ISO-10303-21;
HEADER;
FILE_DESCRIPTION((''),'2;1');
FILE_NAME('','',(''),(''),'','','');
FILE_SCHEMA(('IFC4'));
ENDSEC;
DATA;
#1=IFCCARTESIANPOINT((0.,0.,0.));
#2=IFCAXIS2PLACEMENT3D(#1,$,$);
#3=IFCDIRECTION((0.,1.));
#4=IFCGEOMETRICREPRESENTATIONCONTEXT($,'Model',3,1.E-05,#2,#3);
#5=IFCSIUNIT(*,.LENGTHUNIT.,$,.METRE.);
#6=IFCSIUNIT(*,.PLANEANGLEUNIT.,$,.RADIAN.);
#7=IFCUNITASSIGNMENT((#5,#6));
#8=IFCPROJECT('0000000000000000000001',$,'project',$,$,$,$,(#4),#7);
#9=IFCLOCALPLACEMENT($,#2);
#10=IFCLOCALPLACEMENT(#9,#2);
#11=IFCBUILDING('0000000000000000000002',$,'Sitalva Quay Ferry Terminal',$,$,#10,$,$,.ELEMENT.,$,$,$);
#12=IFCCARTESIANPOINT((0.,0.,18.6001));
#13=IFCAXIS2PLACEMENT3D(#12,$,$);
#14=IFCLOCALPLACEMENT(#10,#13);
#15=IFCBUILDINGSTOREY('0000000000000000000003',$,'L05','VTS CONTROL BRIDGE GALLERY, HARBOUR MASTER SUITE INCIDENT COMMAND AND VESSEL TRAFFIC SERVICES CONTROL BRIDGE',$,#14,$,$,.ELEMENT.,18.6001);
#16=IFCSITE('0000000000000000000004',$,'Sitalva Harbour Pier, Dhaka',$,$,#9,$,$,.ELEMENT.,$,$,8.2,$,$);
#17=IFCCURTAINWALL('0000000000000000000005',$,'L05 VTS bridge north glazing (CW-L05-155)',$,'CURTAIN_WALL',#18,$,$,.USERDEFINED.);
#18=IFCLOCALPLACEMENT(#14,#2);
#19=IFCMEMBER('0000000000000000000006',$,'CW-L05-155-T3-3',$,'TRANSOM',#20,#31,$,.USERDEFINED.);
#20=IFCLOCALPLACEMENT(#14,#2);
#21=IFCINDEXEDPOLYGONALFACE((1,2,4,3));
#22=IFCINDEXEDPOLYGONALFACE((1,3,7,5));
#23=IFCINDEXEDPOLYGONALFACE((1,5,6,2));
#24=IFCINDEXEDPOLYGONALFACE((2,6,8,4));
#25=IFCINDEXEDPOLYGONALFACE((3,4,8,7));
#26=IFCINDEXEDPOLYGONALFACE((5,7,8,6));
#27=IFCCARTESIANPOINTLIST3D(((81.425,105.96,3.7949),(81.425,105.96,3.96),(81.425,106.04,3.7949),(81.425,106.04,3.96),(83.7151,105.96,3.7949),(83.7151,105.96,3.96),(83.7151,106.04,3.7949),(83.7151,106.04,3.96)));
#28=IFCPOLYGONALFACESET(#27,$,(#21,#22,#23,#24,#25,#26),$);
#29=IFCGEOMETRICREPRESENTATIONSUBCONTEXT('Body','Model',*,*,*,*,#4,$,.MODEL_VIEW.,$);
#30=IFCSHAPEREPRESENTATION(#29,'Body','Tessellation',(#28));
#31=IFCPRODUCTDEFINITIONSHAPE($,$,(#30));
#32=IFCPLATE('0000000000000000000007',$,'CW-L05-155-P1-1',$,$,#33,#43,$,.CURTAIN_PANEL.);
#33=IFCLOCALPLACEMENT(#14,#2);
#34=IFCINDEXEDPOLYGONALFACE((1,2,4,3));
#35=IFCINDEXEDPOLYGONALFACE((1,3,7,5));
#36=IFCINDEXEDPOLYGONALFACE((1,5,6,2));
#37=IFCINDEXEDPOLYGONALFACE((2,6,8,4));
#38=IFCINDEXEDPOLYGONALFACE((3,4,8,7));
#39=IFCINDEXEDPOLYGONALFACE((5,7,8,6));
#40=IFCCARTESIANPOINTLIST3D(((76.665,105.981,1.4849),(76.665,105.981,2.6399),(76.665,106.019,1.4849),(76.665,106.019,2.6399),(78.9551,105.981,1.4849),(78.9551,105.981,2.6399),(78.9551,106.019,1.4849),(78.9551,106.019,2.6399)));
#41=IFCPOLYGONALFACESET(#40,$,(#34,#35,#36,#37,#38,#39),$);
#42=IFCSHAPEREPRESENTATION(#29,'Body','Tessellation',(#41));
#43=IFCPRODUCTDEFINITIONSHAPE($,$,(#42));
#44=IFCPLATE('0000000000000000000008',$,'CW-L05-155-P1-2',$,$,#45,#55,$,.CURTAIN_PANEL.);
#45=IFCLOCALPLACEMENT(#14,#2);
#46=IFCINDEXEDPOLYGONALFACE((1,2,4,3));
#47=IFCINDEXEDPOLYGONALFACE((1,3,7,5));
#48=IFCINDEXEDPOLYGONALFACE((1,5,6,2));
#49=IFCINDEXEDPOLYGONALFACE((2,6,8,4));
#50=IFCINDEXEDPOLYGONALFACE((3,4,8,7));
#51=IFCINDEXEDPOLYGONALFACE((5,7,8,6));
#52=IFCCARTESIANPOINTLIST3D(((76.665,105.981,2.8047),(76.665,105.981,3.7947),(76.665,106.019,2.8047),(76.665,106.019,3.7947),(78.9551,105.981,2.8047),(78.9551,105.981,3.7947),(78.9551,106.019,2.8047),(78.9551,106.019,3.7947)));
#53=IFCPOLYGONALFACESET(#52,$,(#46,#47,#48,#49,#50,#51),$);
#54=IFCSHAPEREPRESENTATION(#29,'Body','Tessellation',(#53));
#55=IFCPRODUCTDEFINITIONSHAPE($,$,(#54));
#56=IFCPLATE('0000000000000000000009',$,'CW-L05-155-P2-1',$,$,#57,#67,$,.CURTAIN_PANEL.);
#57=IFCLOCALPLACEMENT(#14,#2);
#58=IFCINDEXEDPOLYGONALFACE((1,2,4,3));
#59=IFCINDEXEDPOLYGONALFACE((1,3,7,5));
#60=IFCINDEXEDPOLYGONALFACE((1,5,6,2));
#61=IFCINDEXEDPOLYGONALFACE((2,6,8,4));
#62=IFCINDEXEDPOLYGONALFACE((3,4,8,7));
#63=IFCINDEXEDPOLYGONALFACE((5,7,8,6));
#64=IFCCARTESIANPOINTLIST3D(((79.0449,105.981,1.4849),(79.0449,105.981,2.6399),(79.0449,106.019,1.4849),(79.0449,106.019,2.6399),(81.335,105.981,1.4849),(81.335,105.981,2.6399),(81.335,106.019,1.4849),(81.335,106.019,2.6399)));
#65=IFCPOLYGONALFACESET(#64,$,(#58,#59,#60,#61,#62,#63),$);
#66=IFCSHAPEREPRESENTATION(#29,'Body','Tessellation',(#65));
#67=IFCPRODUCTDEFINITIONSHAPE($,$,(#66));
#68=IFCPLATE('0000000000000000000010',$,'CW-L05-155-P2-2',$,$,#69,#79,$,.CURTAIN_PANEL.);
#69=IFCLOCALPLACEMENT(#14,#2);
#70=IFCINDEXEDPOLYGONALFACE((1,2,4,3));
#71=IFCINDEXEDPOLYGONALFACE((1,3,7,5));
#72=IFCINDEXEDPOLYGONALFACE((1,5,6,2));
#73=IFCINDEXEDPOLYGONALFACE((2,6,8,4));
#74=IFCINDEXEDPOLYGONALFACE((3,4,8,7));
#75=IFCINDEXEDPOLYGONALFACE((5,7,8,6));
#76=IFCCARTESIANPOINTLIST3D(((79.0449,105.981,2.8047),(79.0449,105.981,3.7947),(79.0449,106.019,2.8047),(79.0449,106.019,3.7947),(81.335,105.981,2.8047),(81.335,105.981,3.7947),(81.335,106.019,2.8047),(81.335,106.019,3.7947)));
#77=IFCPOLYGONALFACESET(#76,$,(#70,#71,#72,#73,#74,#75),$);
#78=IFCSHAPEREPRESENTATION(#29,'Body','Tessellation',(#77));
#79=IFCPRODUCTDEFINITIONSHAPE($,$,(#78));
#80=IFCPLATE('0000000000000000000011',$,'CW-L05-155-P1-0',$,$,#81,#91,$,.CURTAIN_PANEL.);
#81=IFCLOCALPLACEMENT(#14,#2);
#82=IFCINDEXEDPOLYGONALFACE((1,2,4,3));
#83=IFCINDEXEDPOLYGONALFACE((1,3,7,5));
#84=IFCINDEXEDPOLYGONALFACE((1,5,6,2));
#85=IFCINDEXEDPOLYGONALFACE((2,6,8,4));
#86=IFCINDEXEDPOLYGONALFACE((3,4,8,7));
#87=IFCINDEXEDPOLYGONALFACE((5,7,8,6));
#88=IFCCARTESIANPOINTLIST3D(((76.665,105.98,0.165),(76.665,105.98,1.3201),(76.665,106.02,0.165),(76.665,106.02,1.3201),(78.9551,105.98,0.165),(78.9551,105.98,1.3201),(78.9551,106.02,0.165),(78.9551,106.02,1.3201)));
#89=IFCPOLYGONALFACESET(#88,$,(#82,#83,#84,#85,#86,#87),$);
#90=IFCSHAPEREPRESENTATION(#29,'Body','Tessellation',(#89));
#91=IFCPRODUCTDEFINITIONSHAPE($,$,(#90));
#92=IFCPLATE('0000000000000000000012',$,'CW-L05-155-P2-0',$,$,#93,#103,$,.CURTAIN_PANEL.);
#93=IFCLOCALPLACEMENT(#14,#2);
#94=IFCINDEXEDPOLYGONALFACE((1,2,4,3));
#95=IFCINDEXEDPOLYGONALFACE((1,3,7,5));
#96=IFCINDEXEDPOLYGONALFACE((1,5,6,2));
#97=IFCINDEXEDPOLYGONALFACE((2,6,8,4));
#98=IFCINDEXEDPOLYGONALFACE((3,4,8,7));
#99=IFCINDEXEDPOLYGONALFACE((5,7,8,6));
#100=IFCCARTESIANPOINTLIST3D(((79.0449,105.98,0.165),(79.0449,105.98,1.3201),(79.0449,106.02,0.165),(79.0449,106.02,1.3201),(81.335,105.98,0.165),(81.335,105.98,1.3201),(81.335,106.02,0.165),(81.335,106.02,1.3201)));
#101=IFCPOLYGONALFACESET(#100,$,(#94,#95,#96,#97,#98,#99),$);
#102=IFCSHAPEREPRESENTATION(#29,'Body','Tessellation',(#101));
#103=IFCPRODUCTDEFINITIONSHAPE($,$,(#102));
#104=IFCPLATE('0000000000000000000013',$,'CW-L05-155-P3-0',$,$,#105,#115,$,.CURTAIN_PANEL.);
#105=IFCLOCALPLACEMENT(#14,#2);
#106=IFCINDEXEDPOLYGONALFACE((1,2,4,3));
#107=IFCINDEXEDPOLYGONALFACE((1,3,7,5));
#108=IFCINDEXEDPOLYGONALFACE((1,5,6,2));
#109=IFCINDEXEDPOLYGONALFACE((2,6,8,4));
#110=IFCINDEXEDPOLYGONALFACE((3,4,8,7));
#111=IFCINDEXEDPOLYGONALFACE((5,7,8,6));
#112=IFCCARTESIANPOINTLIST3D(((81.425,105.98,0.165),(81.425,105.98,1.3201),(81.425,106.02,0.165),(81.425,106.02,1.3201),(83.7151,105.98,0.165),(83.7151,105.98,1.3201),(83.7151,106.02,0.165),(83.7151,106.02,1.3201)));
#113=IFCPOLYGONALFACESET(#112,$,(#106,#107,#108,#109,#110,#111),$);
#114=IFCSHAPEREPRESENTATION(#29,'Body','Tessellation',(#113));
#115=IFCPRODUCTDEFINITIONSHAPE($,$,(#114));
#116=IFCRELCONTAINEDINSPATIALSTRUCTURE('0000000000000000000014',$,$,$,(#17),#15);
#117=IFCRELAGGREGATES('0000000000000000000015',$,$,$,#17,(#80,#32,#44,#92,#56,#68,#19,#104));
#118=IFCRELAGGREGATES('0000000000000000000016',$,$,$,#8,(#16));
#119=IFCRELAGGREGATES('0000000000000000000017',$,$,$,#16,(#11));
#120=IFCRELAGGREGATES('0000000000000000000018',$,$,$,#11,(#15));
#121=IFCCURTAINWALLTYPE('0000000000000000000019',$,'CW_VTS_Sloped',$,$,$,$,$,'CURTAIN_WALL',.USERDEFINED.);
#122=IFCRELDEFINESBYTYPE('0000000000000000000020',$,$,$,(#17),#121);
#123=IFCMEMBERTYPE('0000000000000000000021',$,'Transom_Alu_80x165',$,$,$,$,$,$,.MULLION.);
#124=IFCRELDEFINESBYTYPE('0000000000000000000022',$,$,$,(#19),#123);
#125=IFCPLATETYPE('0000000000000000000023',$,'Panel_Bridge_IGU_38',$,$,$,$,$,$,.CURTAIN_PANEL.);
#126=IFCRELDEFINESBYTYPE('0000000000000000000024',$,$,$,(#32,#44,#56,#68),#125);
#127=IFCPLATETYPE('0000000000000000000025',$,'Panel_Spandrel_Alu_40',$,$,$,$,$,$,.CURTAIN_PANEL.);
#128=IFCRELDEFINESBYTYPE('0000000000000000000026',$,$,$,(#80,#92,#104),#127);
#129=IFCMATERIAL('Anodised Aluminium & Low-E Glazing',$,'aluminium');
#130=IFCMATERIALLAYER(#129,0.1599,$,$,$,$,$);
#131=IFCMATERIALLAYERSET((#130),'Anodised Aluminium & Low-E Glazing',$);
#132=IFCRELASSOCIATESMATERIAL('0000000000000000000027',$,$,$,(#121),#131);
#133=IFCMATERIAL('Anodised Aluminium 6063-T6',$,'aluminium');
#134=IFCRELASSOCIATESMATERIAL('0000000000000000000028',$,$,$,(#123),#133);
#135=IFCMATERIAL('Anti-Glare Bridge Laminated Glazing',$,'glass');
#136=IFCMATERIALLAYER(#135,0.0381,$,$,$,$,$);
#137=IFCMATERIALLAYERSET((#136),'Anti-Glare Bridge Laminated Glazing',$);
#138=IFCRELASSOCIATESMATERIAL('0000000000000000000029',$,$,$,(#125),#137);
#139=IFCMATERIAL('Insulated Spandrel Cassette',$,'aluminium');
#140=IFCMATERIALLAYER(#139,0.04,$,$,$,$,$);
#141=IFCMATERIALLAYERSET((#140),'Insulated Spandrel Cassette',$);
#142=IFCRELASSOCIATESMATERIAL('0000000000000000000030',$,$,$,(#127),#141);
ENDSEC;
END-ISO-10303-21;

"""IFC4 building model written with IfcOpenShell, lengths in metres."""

from ifc_helpers import new_model, si_unit, direction, frame, origin, origin_2d, place, context, subcontext, project, spatial, rectangle, extrude, material, layer, layer_set, material_profile, profile_set, type_object, element, aggregate, save


model = new_model("IFC4")

# Units and contexts
model_context = context("Model", 3, precision=1e-05, world=origin(), true_north=direction((0.0, 1.0)))
body_context = subcontext(model_context, "Body", "Model", "MODEL_VIEW")
ifc_project = project(units=[si_unit("LENGTHUNIT", "METRE"), si_unit("PLANEANGLEUNIT", "RADIAN")], contexts=[model_context])

# Site, building, storey
site_placement = place(None, origin())
site = spatial("IfcSite", under=ifc_project, at=site_placement, Name="Sitalva Harbour Pier, Dhaka", CompositionType="ELEMENT", RefElevation=8.2)
building_placement = place(site_placement, origin())
building = spatial("IfcBuilding", under=site, at=building_placement, Name="Sitalva Quay Ferry Terminal", CompositionType="ELEMENT")
storey_placement = place(building_placement, frame((0.0, 0.0, 18.6001)))
storey = spatial("IfcBuildingStorey", under=building, at=storey_placement, Name="L05", Description="VTS CONTROL BRIDGE GALLERY, HARBOUR MASTER SUITE INCIDENT COMMAND AND VESSEL TRAFFIC SERVICES CONTROL BRIDGE", CompositionType="ELEMENT", Elevation=18.6001)

# Curtain wall, member, plates
ifc_material_1 = material(Name="Anodised Aluminium & Low-E Glazing", Category="aluminium")
ifc_layer_1 = layer(ifc_material_1, 0.1599)
ifc_layer_set_1 = layer_set([ifc_layer_1], Name="Anodised Aluminium & Low-E Glazing")
curtain_wall_type = type_object("IfcCurtainWallType", Name="CW_VTS_Sloped", ElementType="CURTAIN_WALL", PredefinedType="USERDEFINED", material=ifc_layer_set_1)
curtain_wall_placement = place(storey_placement, origin())
curtain_wall = element("IfcCurtainWall", 1, at=curtain_wall_placement, inside=storey, type_object=curtain_wall_type, Name="L05 VTS bridge north glazing (CW-L05-155)", ObjectType="CURTAIN_WALL", PredefinedType="USERDEFINED")
ifc_material_2 = material(Name="Anodised Aluminium 6063-T6", Category="aluminium")
ifc_material_profile_1 = material_profile(ifc_material_2, rectangle(XDim=0.0801, YDim=0.165, at=origin_2d()), Name="ALU80x165")
ifc_profile_set_1 = profile_set([ifc_material_profile_1], Name="Anodised Aluminium 6063-T6")
member_type_1 = type_object("IfcMemberType", Name="Transom_Alu_80x165", PredefinedType="MULLION", material=ifc_profile_set_1)
member_1_placement = place(storey_placement, frame((81.425, 106.0, 3.8774), z_axis=(1.0, 0.0, 0.0), x_axis=(0.0, 1.0, 0.0)))
member_1 = element("IfcMember", 2, at=member_1_placement, type_object=member_type_1, Name="CW-L05-155-T3-3", ObjectType="TRANSOM", PredefinedType="USERDEFINED", context=body_context, shape_type="SweptSolid", body=[
    extrude(rectangle(XDim=0.0801, YDim=0.165, at=origin_2d()), origin(), (0.0, 0.0, 1.0), 2.29),
])
ifc_material_3 = material(Name="Anti-Glare Bridge Laminated Glazing", Category="glass")
ifc_layer_2 = layer(ifc_material_3, 0.0381)
ifc_layer_set_2 = layer_set([ifc_layer_2], Name="Anti-Glare Bridge Laminated Glazing")
plate_type_1 = type_object("IfcPlateType", Name="Panel_Bridge_IGU_38", PredefinedType="CURTAIN_PANEL", material=ifc_layer_set_2)
plate_1_placement = place(storey_placement, frame((77.8101, 106.0, 1.4849), z_axis=(0.0, 0.0, 1.0), x_axis=(1.0, 0.0, 0.0)))
plate_1 = element("IfcPlate", 3, at=plate_1_placement, type_object=plate_type_1, Name="CW-L05-155-P1-1", PredefinedType="CURTAIN_PANEL", context=body_context, shape_type="SweptSolid", body=[
    extrude(rectangle(XDim=2.29, YDim=0.0381, at=origin_2d()), origin(), (0.0, 0.0, 1.0), 1.155),
])
plate_2_placement = place(storey_placement, frame((77.8101, 106.0, 2.8047), z_axis=(0.0, 0.0, 1.0), x_axis=(1.0, 0.0, 0.0)))
plate_2 = element("IfcPlate", 4, at=plate_2_placement, type_object=plate_type_1, Name="CW-L05-155-P1-2", PredefinedType="CURTAIN_PANEL", context=body_context, shape_type="SweptSolid", body=[
    extrude(rectangle(XDim=2.29, YDim=0.0381, at=origin_2d()), origin(), (0.0, 0.0, 1.0), 0.99),
])
plate_3_placement = place(storey_placement, frame((80.1899, 106.0, 1.4849), z_axis=(0.0, 0.0, 1.0), x_axis=(1.0, 0.0, 0.0)))
plate_3 = element("IfcPlate", 5, at=plate_3_placement, type_object=plate_type_1, Name="CW-L05-155-P2-1", PredefinedType="CURTAIN_PANEL", context=body_context, shape_type="SweptSolid", body=[
    extrude(rectangle(XDim=2.29, YDim=0.0381, at=origin_2d()), origin(), (0.0, 0.0, 1.0), 1.155),
])
plate_4_placement = place(storey_placement, frame((80.1899, 106.0, 2.8047), z_axis=(0.0, 0.0, 1.0), x_axis=(1.0, 0.0, 0.0)))
plate_4 = element("IfcPlate", 6, at=plate_4_placement, type_object=plate_type_1, Name="CW-L05-155-P2-2", PredefinedType="CURTAIN_PANEL", context=body_context, shape_type="SweptSolid", body=[
    extrude(rectangle(XDim=2.29, YDim=0.0381, at=origin_2d()), origin(), (0.0, 0.0, 1.0), 0.99),
])
ifc_material_4 = material(Name="Insulated Spandrel Cassette", Category="aluminium")
ifc_layer_3 = layer(ifc_material_4, 0.04)
ifc_layer_set_3 = layer_set([ifc_layer_3], Name="Insulated Spandrel Cassette")
plate_type_2 = type_object("IfcPlateType", Name="Panel_Spandrel_Alu_40", PredefinedType="CURTAIN_PANEL", material=ifc_layer_set_3)
plate_5_placement = place(storey_placement, frame((77.8101, 106.0, 0.165), z_axis=(0.0, 0.0, 1.0), x_axis=(1.0, 0.0, 0.0)))
plate_5 = element("IfcPlate", 7, at=plate_5_placement, type_object=plate_type_2, Name="CW-L05-155-P1-0", PredefinedType="CURTAIN_PANEL", context=body_context, shape_type="SweptSolid", body=[
    extrude(rectangle(XDim=2.29, YDim=0.04, at=origin_2d()), origin(), (0.0, 0.0, 1.0), 1.155),
])
plate_6_placement = place(storey_placement, frame((80.1899, 106.0, 0.165), z_axis=(0.0, 0.0, 1.0), x_axis=(1.0, 0.0, 0.0)))
plate_6 = element("IfcPlate", 8, at=plate_6_placement, type_object=plate_type_2, Name="CW-L05-155-P2-0", PredefinedType="CURTAIN_PANEL", context=body_context, shape_type="SweptSolid", body=[
    extrude(rectangle(XDim=2.29, YDim=0.04, at=origin_2d()), origin(), (0.0, 0.0, 1.0), 1.155),
])
plate_7_placement = place(storey_placement, frame((82.5701, 106.0, 0.165), z_axis=(0.0, 0.0, 1.0), x_axis=(1.0, 0.0, 0.0)))
plate_7 = element("IfcPlate", 9, at=plate_7_placement, type_object=plate_type_2, Name="CW-L05-155-P3-0", PredefinedType="CURTAIN_PANEL", context=body_context, shape_type="SweptSolid", body=[
    extrude(rectangle(XDim=2.29, YDim=0.04, at=origin_2d()), origin(), (0.0, 0.0, 1.0), 1.155),
])
aggregate(curtain_wall, [plate_5, plate_1, plate_2, plate_6, plate_3, plate_4, member_1, plate_7])

save(model, "model.ifc")
